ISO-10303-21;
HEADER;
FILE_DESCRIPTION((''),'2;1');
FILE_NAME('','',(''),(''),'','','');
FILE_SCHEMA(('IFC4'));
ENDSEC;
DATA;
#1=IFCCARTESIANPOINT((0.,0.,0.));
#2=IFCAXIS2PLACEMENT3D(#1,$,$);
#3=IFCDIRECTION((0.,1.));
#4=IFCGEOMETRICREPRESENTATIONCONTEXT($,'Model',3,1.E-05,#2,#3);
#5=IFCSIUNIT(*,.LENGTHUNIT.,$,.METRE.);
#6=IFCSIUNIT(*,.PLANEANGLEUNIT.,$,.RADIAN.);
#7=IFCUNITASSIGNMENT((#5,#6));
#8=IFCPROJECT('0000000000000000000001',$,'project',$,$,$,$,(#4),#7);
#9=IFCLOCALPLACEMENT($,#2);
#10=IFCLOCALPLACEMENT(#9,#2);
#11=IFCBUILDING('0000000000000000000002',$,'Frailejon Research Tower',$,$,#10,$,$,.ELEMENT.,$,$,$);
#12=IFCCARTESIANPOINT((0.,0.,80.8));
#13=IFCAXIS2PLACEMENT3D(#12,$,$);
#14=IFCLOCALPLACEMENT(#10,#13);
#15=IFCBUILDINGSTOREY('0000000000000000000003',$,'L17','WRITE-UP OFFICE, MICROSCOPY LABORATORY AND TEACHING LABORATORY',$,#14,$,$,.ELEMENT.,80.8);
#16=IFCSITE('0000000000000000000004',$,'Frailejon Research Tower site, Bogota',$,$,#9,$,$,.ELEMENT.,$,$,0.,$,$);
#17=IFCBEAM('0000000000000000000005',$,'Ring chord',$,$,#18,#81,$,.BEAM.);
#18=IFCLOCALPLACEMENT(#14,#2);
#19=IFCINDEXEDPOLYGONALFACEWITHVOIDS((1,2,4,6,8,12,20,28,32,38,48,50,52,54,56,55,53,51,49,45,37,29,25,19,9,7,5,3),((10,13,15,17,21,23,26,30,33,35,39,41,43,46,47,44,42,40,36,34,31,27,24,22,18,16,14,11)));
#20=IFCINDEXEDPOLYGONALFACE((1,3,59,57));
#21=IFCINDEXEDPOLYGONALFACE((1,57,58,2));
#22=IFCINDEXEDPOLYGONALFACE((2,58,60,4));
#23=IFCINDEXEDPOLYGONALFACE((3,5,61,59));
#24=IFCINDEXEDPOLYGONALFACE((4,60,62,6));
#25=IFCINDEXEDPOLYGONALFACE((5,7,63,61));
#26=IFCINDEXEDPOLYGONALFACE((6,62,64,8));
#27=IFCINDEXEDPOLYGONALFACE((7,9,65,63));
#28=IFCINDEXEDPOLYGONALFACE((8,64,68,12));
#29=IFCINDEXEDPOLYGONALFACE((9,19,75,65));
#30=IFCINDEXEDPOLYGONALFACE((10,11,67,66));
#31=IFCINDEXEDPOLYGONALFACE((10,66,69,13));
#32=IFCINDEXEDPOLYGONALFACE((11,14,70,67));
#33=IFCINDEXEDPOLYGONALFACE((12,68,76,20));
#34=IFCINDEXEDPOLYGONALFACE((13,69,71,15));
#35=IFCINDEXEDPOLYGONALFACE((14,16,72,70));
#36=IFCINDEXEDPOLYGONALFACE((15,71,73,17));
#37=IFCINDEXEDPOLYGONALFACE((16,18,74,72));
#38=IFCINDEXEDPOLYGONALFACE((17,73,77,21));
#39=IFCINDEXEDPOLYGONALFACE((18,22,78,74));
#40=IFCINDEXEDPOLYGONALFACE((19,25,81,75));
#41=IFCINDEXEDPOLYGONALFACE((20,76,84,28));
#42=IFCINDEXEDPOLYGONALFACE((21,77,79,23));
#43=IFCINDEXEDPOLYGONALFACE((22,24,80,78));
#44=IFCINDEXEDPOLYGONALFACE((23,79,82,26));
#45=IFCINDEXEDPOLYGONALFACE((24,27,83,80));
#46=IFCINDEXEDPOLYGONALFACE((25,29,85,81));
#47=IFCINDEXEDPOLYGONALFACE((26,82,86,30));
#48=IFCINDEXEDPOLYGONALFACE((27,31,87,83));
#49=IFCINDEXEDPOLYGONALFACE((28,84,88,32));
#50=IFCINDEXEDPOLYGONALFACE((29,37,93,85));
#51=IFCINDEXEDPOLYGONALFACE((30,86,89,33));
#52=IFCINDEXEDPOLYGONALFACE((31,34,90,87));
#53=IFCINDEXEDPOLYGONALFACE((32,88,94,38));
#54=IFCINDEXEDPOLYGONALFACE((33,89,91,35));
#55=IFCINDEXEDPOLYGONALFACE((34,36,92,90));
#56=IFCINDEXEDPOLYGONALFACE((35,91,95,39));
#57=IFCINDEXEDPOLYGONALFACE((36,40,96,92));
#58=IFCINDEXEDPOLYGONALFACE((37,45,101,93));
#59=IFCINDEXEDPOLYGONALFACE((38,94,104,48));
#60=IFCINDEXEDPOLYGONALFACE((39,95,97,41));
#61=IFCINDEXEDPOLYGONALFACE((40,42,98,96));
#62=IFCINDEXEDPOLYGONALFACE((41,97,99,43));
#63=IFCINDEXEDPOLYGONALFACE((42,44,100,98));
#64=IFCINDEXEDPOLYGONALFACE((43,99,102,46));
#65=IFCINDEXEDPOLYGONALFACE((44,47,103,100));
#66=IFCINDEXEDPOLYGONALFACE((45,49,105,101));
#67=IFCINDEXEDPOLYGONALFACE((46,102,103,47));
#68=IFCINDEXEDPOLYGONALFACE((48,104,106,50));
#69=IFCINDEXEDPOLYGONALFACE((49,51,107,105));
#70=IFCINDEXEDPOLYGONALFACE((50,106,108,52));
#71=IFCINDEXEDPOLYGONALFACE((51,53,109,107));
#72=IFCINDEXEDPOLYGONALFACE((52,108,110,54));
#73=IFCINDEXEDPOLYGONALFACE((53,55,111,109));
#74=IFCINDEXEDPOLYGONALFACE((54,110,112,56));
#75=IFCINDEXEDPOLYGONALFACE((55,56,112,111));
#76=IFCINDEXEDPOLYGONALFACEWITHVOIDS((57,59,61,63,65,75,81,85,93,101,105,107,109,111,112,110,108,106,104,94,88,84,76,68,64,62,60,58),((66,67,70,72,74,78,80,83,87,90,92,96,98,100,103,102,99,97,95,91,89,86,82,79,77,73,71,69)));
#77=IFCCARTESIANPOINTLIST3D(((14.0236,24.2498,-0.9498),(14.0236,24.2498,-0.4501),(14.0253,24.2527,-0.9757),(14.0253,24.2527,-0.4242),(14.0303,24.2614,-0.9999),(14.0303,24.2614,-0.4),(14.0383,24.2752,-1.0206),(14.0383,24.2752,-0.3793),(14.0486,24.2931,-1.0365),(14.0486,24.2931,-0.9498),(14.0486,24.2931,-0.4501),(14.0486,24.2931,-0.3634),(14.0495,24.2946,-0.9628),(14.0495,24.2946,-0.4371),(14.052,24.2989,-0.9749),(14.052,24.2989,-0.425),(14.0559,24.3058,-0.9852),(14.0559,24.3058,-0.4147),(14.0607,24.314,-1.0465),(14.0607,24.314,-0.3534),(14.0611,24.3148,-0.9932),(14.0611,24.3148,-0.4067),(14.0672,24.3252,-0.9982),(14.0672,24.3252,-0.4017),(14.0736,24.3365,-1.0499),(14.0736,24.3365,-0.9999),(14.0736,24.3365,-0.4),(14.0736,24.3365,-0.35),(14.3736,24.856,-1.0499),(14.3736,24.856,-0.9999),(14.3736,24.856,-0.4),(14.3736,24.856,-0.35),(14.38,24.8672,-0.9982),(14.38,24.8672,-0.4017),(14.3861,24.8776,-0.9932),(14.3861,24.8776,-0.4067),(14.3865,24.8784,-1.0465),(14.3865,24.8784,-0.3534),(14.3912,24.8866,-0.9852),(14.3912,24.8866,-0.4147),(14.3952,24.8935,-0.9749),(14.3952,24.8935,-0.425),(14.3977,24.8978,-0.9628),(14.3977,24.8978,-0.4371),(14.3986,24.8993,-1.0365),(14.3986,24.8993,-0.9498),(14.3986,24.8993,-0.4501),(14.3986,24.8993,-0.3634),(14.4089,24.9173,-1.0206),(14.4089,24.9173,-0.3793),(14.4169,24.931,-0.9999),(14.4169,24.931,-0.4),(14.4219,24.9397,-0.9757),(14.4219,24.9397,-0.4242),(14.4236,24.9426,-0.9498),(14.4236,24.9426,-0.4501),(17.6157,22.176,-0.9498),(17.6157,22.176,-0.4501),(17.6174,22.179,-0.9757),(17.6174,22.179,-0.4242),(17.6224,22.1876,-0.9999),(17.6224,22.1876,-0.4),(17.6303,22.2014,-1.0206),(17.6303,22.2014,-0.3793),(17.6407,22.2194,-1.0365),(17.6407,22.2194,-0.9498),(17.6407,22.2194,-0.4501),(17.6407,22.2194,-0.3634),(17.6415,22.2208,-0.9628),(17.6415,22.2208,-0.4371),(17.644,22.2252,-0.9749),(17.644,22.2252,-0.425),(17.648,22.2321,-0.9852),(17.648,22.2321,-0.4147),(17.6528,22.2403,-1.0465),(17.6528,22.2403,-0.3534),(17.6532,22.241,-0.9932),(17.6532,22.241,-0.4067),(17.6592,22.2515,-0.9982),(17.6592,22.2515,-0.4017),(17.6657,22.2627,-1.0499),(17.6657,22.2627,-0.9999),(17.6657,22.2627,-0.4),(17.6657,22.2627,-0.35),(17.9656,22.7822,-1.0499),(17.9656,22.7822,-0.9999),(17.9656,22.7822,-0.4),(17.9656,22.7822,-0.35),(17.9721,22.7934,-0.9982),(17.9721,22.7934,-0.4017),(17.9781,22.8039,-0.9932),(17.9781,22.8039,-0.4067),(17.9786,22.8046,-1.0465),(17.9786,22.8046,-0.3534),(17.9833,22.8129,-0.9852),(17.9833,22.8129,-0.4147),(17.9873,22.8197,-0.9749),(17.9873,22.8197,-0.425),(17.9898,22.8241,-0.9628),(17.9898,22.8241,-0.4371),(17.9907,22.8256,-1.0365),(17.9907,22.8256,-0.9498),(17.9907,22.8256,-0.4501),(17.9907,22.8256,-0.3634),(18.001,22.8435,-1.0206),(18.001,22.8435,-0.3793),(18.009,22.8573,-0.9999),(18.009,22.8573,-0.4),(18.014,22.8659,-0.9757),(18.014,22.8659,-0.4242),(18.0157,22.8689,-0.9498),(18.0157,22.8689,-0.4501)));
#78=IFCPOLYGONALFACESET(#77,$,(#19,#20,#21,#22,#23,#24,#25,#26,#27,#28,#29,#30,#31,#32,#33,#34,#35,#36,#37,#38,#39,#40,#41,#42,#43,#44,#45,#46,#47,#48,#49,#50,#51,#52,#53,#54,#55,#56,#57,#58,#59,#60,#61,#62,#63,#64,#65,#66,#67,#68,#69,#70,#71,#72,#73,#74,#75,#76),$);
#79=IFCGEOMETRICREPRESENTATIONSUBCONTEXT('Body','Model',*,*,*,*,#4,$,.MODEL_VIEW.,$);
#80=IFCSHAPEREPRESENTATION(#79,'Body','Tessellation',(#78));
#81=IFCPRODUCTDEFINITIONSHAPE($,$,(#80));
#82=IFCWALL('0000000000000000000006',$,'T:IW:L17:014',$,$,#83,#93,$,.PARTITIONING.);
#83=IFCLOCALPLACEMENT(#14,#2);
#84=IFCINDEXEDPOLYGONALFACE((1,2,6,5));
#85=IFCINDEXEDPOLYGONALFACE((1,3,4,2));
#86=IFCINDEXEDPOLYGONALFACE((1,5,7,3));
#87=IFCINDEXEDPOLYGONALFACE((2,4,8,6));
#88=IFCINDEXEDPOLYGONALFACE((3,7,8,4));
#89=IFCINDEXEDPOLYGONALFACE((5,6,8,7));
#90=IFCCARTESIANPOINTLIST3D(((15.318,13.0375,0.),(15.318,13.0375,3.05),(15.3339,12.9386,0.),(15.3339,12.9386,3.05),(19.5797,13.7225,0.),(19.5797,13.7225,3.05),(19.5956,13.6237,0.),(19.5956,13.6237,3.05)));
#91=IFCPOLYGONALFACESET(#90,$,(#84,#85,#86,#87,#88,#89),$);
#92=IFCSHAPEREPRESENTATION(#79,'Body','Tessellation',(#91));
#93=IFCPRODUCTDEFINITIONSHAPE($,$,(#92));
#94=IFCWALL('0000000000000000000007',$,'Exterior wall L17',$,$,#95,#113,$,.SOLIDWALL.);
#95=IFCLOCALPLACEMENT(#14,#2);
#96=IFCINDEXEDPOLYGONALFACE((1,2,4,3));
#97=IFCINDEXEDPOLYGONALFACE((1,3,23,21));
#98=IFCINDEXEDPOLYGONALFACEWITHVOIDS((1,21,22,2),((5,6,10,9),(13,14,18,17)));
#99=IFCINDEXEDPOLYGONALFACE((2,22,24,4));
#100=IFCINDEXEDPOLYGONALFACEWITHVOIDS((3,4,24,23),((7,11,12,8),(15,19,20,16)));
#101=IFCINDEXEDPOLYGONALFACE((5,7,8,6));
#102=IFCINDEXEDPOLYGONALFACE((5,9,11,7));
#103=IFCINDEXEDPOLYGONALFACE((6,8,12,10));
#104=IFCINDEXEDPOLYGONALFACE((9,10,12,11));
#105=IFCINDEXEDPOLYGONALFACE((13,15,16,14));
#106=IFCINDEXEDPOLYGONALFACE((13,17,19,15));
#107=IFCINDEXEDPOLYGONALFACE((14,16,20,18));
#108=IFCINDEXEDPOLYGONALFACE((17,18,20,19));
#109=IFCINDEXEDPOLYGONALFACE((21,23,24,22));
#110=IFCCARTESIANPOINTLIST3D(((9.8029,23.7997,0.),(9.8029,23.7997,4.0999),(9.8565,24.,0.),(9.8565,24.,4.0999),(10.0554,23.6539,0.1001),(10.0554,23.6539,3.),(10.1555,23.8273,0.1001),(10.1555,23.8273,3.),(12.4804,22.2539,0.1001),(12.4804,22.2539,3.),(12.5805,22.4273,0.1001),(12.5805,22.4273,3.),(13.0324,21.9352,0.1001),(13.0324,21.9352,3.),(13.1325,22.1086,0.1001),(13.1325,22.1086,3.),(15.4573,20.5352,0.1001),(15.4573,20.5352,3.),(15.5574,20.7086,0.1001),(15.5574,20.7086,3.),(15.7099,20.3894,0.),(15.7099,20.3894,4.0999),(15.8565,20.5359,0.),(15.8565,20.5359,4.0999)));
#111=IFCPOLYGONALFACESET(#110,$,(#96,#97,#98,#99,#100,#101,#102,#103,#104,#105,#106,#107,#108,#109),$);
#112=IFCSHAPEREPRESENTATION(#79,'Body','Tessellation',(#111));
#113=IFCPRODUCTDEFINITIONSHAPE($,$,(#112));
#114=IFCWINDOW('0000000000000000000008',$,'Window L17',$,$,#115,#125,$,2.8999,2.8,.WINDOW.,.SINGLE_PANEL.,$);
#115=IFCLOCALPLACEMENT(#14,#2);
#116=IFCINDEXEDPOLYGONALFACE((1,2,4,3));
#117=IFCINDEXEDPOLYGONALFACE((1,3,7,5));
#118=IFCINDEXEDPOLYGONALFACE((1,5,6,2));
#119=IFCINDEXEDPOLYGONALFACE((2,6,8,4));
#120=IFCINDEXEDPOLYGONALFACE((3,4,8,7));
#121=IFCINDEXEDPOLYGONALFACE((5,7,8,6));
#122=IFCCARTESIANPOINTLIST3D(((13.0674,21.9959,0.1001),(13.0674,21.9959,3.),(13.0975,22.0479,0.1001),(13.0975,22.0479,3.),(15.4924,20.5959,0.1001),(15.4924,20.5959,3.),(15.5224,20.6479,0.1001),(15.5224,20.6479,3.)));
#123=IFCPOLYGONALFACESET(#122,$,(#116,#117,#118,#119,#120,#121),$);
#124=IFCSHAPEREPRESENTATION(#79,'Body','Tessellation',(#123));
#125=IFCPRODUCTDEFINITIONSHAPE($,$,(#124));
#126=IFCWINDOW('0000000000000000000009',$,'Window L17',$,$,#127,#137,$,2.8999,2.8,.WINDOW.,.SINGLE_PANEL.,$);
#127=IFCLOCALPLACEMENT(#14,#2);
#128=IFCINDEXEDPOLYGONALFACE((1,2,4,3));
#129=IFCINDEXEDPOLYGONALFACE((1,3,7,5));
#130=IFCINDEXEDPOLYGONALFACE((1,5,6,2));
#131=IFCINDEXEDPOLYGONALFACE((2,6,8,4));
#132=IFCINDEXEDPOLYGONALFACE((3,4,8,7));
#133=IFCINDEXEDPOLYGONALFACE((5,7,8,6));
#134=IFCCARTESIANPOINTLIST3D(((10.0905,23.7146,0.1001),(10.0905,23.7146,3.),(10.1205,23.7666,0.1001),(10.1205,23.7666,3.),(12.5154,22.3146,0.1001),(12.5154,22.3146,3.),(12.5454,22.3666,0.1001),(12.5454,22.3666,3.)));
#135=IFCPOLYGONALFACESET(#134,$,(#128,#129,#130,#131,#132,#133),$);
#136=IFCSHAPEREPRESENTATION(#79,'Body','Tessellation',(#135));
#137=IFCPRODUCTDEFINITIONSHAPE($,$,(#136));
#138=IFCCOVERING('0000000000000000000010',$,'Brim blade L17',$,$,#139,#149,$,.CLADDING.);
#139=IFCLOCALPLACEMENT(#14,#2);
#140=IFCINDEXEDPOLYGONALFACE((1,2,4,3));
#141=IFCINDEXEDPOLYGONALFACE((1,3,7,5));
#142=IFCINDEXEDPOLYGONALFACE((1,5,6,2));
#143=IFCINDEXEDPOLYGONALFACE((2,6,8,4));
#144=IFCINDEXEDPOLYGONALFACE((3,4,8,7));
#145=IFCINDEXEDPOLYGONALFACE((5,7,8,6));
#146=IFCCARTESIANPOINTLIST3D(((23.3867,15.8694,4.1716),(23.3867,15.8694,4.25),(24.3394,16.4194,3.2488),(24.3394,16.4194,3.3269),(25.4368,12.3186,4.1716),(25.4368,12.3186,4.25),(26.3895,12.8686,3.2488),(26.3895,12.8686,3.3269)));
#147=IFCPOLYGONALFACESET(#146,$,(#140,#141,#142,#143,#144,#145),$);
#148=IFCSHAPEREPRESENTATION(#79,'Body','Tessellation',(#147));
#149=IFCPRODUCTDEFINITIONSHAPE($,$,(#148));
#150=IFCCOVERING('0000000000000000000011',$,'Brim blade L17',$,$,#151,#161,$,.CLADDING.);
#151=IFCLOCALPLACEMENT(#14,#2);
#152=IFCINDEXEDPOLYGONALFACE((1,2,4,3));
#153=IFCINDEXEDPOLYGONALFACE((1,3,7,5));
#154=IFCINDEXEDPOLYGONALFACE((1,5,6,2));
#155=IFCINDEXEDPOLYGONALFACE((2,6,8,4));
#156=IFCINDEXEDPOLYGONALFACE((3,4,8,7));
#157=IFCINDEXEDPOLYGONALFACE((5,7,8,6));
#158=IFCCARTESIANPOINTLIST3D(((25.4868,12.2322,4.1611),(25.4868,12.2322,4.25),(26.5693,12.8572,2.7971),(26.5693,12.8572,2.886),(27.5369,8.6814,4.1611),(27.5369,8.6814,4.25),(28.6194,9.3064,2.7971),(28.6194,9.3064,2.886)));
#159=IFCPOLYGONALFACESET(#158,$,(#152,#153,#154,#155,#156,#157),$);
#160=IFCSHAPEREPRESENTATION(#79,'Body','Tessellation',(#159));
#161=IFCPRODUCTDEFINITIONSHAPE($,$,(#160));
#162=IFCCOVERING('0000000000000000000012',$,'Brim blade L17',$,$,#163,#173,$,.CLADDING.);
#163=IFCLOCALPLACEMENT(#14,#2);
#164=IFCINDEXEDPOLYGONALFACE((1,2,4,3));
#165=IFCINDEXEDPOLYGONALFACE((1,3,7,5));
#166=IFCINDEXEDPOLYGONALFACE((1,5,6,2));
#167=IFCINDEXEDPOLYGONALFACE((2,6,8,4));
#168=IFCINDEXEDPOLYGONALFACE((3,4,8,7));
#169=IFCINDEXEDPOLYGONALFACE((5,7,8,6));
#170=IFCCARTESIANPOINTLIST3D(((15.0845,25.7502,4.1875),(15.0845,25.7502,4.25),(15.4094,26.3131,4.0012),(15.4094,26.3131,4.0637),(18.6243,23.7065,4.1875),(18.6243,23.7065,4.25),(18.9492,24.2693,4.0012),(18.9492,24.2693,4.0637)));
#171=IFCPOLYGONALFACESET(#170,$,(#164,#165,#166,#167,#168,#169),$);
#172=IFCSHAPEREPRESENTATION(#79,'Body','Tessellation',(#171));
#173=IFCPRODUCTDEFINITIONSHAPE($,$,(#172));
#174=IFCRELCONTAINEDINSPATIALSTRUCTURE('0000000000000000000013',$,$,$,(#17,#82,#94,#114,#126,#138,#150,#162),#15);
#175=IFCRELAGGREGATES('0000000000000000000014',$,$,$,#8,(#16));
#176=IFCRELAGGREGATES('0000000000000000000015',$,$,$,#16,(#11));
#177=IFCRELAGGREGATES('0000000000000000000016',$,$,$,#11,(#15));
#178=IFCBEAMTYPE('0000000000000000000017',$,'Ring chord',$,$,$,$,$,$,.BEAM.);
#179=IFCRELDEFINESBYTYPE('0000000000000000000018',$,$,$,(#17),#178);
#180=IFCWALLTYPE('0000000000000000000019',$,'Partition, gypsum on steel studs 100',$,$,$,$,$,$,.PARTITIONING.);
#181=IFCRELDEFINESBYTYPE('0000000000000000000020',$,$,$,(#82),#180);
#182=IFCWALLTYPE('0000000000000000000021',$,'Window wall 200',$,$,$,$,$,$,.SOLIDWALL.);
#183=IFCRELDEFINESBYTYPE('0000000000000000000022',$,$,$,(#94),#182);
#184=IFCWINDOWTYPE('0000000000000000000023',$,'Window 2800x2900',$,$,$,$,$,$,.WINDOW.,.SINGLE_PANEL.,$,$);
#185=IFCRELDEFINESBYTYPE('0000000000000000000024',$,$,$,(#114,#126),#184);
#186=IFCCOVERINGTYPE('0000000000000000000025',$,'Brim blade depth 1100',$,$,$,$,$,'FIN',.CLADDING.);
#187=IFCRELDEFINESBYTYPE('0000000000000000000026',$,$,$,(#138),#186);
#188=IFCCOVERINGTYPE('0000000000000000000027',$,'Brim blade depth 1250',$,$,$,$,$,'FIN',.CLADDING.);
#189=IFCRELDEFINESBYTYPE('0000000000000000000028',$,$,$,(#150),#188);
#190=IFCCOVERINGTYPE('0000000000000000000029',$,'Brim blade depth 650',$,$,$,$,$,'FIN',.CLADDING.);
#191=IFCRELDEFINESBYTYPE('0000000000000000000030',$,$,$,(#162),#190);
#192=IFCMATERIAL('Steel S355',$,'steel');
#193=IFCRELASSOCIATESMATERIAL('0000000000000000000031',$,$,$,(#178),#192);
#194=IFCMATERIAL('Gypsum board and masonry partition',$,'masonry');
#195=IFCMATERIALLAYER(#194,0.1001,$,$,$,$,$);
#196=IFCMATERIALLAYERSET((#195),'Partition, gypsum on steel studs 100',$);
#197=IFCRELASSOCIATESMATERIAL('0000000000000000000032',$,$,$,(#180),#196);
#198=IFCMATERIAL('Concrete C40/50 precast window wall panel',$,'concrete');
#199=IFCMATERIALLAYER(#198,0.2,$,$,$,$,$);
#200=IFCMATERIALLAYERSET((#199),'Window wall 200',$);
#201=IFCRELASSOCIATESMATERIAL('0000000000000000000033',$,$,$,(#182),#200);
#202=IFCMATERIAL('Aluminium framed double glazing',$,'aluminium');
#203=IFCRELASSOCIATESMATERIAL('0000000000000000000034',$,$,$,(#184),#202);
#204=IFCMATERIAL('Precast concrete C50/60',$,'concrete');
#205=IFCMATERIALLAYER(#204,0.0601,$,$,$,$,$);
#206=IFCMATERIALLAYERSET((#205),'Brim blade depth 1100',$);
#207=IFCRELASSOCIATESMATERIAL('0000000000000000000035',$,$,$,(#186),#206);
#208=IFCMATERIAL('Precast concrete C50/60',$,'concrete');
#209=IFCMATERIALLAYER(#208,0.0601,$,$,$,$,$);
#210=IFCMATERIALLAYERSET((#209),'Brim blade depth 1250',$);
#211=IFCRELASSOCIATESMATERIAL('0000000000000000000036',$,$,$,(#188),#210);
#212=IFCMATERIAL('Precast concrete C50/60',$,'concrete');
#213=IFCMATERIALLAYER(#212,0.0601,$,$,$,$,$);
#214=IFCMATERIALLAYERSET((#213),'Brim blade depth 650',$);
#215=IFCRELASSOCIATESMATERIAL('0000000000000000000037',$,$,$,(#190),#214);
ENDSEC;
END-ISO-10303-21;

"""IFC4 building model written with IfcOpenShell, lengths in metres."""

from ifc_helpers import new_model, si_unit, direction, frame, frame_2d, origin, origin_2d, place, context, subcontext, project, spatial, polyline, rectangle, hollow_rectangle, outline, extrude, material, layer, layer_set, material_profile, profile_set, type_object, element, fill, save


model = new_model("IFC4")

# Units and contexts
model_context = context("Model", 3, precision=1e-05, world=origin(), true_north=direction((0.0, 1.0)))
body_context = subcontext(model_context, "Body", "Model", "MODEL_VIEW")
ifc_project = project(units=[si_unit("LENGTHUNIT", "METRE"), si_unit("PLANEANGLEUNIT", "RADIAN")], contexts=[model_context])

# Site, building, storey
site_placement = place(None, origin())
site = spatial("IfcSite", under=ifc_project, at=site_placement, Name="Frailejon Research Tower site, Bogota", CompositionType="ELEMENT", RefElevation=0.0)
building_placement = place(site_placement, origin())
building = spatial("IfcBuilding", under=site, at=building_placement, Name="Frailejon Research Tower", CompositionType="ELEMENT")
storey_placement = place(building_placement, frame((0.0, 0.0, 80.8)))
storey = spatial("IfcBuildingStorey", under=building, at=storey_placement, Name="L17", Description="WRITE-UP OFFICE, MICROSCOPY LABORATORY AND TEACHING LABORATORY", CompositionType="ELEMENT", Elevation=80.8)

# Beam
ifc_material_1 = material(Name="Steel S355", Category="steel")
ifc_material_profile_1 = material_profile(ifc_material_1, hollow_rectangle(XDim=0.8, YDim=0.7, WallThickness=0.05, InnerFilletRadius=0.05, OuterFilletRadius=0.1001, at=origin_2d()), Name="Ring chord")
ifc_profile_set_1 = profile_set([ifc_material_profile_1], Name="Steel S355")
beam_type_1 = type_object("IfcBeamType", Name="Ring chord", PredefinedType="BEAM", material=ifc_profile_set_1)
beam_1_placement = place(storey_placement, frame((17.8157, 22.5225, -0.7), z_axis=(-0.86604, 0.499976, 0.0), x_axis=(-0.499976, -0.86604, 0.0)))
element("IfcBeam", 1, at=beam_1_placement, inside=storey, type_object=beam_type_1, Name="Ring chord", PredefinedType="BEAM", context=body_context, shape_type="SweptSolid", body=[
    extrude(hollow_rectangle(XDim=0.8, YDim=0.7, WallThickness=0.05, InnerFilletRadius=0.05, OuterFilletRadius=0.1001, at=origin_2d()), origin(), (0.0, 0.0, 1.0), 4.1477),
])

# Wall
ifc_material_2 = material(Name="Gypsum board and masonry partition", Category="masonry")
ifc_layer_1 = layer(ifc_material_2, 0.1001)
ifc_layer_set_1 = layer_set([ifc_layer_1], Name="Partition, gypsum on steel studs 100")
wall_type_1 = type_object("IfcWallType", Name="Partition, gypsum on steel studs 100", PredefinedType="PARTITIONING", material=ifc_layer_set_1)
wall_1_placement = place(storey_placement, frame((15.3259, 12.988, 0.0), z_axis=(0.0, 0.0, 1.0), x_axis=(0.987325, 0.15871, 0.0)))
element("IfcWall", 2, at=wall_1_placement, inside=storey, type_object=wall_type_1, Name="T:IW:L17:014", PredefinedType="PARTITIONING", context=body_context, shape_type="SweptSolid", body=[
    extrude(rectangle(XDim=4.3164, YDim=0.1001, at=frame_2d((2.1582, 0.0))), origin(), (0.0, 0.0, 1.0), 3.05),
])

# Wall, openings, windows
ifc_material_3 = material(Name="Concrete C40/50 precast window wall panel", Category="concrete")
ifc_layer_2 = layer(ifc_material_3, 0.2)
ifc_layer_set_2 = layer_set([ifc_layer_2], Name="Window wall 200")
wall_type_2 = type_object("IfcWallType", Name="Window wall 200", PredefinedType="SOLIDWALL", material=ifc_layer_set_2)
wall_2_placement = place(storey_placement, frame((15.7832, 20.4626, 0.0), z_axis=(0.0, 0.0, 1.0), x_axis=(-0.866029, 0.499993, 0.0)))
wall_2 = element("IfcWall", 3, at=wall_2_placement, inside=storey, type_object=wall_type_2, Name="Exterior wall L17", PredefinedType="SOLIDWALL", context=body_context, shape_type="SweptSolid", body=[
    extrude(outline(polyline([(-0.0269, -0.1001), (1.1279, -0.1001), (2.2825, -0.1001), (3.4373, -0.1001), (4.592, -0.1001), (5.7466, -0.1001), (6.9014, -0.1001), (6.8477, 0.1001), (5.7109, 0.1001), (4.574, 0.1001), (3.4373, 0.1001), (2.3005, 0.1001), (1.1636, 0.1001), (0.0269, 0.1001), (-0.0269, -0.1001)])), origin(), (0.0, 0.0, 1.0), 4.0999),
])
opening_1_placement = place(wall_2_placement, frame((0.3186, 0.0, 0.1001)))
opening_1 = element("IfcOpeningElement", 4, at=opening_1_placement, cuts=wall_2, PredefinedType="OPENING", context=body_context, shape_type="SweptSolid", body=[
    extrude(rectangle(XDim=2.8, YDim=2.8999, at=frame_2d((1.3999, 1.45))), frame((0.0, 0.1099, 0.0), z_axis=(0.0, -1.0, 0.0), x_axis=(1.0, 0.0, 0.0)), (0.0, 0.0, 1.0), 0.22),
])
opening_2_placement = place(wall_2_placement, frame((3.7561, 0.0, 0.1001)))
opening_2 = element("IfcOpeningElement", 5, at=opening_2_placement, cuts=wall_2, PredefinedType="OPENING", context=body_context, shape_type="SweptSolid", body=[
    extrude(rectangle(XDim=2.8, YDim=2.8999, at=frame_2d((1.3999, 1.45))), frame((0.0, 0.1099, 0.0), z_axis=(0.0, -1.0, 0.0), x_axis=(1.0, 0.0, 0.0)), (0.0, 0.0, 1.0), 0.22),
])
ifc_material_4 = material(Name="Aluminium framed double glazing", Category="aluminium")
window_type = type_object("IfcWindowType", Name="Window 2800x2900", PartitioningType="SINGLE_PANEL", PredefinedType="WINDOW", material=ifc_material_4)
window_1_placement = place(opening_1_placement, origin())
window_1 = element("IfcWindow", 6, at=window_1_placement, inside=storey, type_object=window_type, Name="Window L17", OverallHeight=2.8999, OverallWidth=2.8, PartitioningType="SINGLE_PANEL", PredefinedType="WINDOW", context=body_context, shape_type="SweptSolid", body=[
    extrude(rectangle(XDim=2.8, YDim=2.8999, at=frame_2d((1.3999, 1.45))), frame((0.0, 0.03, 0.0), z_axis=(0.0, -1.0, 0.0), x_axis=(1.0, 0.0, 0.0)), (0.0, 0.0, 1.0), 0.0601),
])
fill(opening_1, window_1)
window_2_placement = place(opening_2_placement, origin())
window_2 = element("IfcWindow", 7, at=window_2_placement, inside=storey, type_object=window_type, Name="Window L17", OverallHeight=2.8999, OverallWidth=2.8, PartitioningType="SINGLE_PANEL", PredefinedType="WINDOW", context=body_context, shape_type="SweptSolid", body=[
    extrude(rectangle(XDim=2.8, YDim=2.8999, at=frame_2d((1.3999, 1.45))), frame((0.0, 0.03, 0.0), z_axis=(0.0, -1.0, 0.0), x_axis=(1.0, 0.0, 0.0)), (0.0, 0.0, 1.0), 0.0601),
])
fill(opening_2, window_2)

# Coverings
ifc_material_5 = material(Name="Precast concrete C50/60", Category="concrete")
ifc_layer_3 = layer(ifc_material_5, 0.0601)
ifc_layer_set_3 = layer_set([ifc_layer_3], Name="Brim blade depth 1100")
covering_type_1 = type_object("IfcCoveringType", Name="Brim blade depth 1100", ElementType="FIN", PredefinedType="CLADDING", material=ifc_layer_set_3)
covering_1_placement = place(storey_placement, frame((23.3867, 15.8694, 4.25), z_axis=(0.500001, -0.866025, 0.0), x_axis=(0.866025, 0.500001, 0.0)))
element("IfcCovering", 8, at=covering_1_placement, inside=storey, type_object=covering_type_1, Name="Brim blade L17", PredefinedType="CLADDING", context=body_context, shape_type="SweptSolid", body=[
    extrude(outline(polyline([(0.0, -0.0784), (1.1001, -1.0012), (1.1001, -0.9231), (0.0, 0.0), (0.0, -0.0784)])), origin(), (0.0, 0.0, 1.0), 4.1001),
])
ifc_material_6 = material(Name="Precast concrete C50/60", Category="concrete")
ifc_layer_4 = layer(ifc_material_6, 0.0601)
ifc_layer_set_4 = layer_set([ifc_layer_4], Name="Brim blade depth 1250")
covering_type_2 = type_object("IfcCoveringType", Name="Brim blade depth 1250", ElementType="FIN", PredefinedType="CLADDING", material=ifc_layer_set_4)
covering_2_placement = place(storey_placement, frame((25.4868, 12.2322, 4.25), z_axis=(0.500001, -0.866025, 0.0), x_axis=(0.866025, 0.500001, 0.0)))
element("IfcCovering", 9, at=covering_2_placement, inside=storey, type_object=covering_type_2, Name="Brim blade L17", PredefinedType="CLADDING", context=body_context, shape_type="SweptSolid", body=[
    extrude(outline(polyline([(0.0, -0.0889), (1.25, -1.4529), (1.25, -1.364), (0.0, 0.0), (0.0, -0.0889)])), origin(), (0.0, 0.0, 1.0), 4.1001),
])
ifc_material_7 = material(Name="Precast concrete C50/60", Category="concrete")
ifc_layer_5 = layer(ifc_material_7, 0.0601)
ifc_layer_set_5 = layer_set([ifc_layer_5], Name="Brim blade depth 650")
covering_type_3 = type_object("IfcCoveringType", Name="Brim blade depth 650", ElementType="FIN", PredefinedType="CLADDING", material=ifc_layer_set_5)
covering_3_placement = place(storey_placement, frame((15.0845, 25.7502, 4.25), z_axis=(0.866021, -0.500007, 0.0), x_axis=(0.500007, 0.866021, 0.0)))
element("IfcCovering", 10, at=covering_3_placement, inside=storey, type_object=covering_type_3, Name="Brim blade L17", PredefinedType="CLADDING", context=body_context, shape_type="SweptSolid", body=[
    extrude(outline(polyline([(0.0, -0.0625), (0.6499, -0.2488), (0.6499, -0.1863), (0.0, 0.0), (0.0, -0.0625)])), origin(), (0.0, 0.0, 1.0), 4.0874),
])

save(model, "model.ifc")
